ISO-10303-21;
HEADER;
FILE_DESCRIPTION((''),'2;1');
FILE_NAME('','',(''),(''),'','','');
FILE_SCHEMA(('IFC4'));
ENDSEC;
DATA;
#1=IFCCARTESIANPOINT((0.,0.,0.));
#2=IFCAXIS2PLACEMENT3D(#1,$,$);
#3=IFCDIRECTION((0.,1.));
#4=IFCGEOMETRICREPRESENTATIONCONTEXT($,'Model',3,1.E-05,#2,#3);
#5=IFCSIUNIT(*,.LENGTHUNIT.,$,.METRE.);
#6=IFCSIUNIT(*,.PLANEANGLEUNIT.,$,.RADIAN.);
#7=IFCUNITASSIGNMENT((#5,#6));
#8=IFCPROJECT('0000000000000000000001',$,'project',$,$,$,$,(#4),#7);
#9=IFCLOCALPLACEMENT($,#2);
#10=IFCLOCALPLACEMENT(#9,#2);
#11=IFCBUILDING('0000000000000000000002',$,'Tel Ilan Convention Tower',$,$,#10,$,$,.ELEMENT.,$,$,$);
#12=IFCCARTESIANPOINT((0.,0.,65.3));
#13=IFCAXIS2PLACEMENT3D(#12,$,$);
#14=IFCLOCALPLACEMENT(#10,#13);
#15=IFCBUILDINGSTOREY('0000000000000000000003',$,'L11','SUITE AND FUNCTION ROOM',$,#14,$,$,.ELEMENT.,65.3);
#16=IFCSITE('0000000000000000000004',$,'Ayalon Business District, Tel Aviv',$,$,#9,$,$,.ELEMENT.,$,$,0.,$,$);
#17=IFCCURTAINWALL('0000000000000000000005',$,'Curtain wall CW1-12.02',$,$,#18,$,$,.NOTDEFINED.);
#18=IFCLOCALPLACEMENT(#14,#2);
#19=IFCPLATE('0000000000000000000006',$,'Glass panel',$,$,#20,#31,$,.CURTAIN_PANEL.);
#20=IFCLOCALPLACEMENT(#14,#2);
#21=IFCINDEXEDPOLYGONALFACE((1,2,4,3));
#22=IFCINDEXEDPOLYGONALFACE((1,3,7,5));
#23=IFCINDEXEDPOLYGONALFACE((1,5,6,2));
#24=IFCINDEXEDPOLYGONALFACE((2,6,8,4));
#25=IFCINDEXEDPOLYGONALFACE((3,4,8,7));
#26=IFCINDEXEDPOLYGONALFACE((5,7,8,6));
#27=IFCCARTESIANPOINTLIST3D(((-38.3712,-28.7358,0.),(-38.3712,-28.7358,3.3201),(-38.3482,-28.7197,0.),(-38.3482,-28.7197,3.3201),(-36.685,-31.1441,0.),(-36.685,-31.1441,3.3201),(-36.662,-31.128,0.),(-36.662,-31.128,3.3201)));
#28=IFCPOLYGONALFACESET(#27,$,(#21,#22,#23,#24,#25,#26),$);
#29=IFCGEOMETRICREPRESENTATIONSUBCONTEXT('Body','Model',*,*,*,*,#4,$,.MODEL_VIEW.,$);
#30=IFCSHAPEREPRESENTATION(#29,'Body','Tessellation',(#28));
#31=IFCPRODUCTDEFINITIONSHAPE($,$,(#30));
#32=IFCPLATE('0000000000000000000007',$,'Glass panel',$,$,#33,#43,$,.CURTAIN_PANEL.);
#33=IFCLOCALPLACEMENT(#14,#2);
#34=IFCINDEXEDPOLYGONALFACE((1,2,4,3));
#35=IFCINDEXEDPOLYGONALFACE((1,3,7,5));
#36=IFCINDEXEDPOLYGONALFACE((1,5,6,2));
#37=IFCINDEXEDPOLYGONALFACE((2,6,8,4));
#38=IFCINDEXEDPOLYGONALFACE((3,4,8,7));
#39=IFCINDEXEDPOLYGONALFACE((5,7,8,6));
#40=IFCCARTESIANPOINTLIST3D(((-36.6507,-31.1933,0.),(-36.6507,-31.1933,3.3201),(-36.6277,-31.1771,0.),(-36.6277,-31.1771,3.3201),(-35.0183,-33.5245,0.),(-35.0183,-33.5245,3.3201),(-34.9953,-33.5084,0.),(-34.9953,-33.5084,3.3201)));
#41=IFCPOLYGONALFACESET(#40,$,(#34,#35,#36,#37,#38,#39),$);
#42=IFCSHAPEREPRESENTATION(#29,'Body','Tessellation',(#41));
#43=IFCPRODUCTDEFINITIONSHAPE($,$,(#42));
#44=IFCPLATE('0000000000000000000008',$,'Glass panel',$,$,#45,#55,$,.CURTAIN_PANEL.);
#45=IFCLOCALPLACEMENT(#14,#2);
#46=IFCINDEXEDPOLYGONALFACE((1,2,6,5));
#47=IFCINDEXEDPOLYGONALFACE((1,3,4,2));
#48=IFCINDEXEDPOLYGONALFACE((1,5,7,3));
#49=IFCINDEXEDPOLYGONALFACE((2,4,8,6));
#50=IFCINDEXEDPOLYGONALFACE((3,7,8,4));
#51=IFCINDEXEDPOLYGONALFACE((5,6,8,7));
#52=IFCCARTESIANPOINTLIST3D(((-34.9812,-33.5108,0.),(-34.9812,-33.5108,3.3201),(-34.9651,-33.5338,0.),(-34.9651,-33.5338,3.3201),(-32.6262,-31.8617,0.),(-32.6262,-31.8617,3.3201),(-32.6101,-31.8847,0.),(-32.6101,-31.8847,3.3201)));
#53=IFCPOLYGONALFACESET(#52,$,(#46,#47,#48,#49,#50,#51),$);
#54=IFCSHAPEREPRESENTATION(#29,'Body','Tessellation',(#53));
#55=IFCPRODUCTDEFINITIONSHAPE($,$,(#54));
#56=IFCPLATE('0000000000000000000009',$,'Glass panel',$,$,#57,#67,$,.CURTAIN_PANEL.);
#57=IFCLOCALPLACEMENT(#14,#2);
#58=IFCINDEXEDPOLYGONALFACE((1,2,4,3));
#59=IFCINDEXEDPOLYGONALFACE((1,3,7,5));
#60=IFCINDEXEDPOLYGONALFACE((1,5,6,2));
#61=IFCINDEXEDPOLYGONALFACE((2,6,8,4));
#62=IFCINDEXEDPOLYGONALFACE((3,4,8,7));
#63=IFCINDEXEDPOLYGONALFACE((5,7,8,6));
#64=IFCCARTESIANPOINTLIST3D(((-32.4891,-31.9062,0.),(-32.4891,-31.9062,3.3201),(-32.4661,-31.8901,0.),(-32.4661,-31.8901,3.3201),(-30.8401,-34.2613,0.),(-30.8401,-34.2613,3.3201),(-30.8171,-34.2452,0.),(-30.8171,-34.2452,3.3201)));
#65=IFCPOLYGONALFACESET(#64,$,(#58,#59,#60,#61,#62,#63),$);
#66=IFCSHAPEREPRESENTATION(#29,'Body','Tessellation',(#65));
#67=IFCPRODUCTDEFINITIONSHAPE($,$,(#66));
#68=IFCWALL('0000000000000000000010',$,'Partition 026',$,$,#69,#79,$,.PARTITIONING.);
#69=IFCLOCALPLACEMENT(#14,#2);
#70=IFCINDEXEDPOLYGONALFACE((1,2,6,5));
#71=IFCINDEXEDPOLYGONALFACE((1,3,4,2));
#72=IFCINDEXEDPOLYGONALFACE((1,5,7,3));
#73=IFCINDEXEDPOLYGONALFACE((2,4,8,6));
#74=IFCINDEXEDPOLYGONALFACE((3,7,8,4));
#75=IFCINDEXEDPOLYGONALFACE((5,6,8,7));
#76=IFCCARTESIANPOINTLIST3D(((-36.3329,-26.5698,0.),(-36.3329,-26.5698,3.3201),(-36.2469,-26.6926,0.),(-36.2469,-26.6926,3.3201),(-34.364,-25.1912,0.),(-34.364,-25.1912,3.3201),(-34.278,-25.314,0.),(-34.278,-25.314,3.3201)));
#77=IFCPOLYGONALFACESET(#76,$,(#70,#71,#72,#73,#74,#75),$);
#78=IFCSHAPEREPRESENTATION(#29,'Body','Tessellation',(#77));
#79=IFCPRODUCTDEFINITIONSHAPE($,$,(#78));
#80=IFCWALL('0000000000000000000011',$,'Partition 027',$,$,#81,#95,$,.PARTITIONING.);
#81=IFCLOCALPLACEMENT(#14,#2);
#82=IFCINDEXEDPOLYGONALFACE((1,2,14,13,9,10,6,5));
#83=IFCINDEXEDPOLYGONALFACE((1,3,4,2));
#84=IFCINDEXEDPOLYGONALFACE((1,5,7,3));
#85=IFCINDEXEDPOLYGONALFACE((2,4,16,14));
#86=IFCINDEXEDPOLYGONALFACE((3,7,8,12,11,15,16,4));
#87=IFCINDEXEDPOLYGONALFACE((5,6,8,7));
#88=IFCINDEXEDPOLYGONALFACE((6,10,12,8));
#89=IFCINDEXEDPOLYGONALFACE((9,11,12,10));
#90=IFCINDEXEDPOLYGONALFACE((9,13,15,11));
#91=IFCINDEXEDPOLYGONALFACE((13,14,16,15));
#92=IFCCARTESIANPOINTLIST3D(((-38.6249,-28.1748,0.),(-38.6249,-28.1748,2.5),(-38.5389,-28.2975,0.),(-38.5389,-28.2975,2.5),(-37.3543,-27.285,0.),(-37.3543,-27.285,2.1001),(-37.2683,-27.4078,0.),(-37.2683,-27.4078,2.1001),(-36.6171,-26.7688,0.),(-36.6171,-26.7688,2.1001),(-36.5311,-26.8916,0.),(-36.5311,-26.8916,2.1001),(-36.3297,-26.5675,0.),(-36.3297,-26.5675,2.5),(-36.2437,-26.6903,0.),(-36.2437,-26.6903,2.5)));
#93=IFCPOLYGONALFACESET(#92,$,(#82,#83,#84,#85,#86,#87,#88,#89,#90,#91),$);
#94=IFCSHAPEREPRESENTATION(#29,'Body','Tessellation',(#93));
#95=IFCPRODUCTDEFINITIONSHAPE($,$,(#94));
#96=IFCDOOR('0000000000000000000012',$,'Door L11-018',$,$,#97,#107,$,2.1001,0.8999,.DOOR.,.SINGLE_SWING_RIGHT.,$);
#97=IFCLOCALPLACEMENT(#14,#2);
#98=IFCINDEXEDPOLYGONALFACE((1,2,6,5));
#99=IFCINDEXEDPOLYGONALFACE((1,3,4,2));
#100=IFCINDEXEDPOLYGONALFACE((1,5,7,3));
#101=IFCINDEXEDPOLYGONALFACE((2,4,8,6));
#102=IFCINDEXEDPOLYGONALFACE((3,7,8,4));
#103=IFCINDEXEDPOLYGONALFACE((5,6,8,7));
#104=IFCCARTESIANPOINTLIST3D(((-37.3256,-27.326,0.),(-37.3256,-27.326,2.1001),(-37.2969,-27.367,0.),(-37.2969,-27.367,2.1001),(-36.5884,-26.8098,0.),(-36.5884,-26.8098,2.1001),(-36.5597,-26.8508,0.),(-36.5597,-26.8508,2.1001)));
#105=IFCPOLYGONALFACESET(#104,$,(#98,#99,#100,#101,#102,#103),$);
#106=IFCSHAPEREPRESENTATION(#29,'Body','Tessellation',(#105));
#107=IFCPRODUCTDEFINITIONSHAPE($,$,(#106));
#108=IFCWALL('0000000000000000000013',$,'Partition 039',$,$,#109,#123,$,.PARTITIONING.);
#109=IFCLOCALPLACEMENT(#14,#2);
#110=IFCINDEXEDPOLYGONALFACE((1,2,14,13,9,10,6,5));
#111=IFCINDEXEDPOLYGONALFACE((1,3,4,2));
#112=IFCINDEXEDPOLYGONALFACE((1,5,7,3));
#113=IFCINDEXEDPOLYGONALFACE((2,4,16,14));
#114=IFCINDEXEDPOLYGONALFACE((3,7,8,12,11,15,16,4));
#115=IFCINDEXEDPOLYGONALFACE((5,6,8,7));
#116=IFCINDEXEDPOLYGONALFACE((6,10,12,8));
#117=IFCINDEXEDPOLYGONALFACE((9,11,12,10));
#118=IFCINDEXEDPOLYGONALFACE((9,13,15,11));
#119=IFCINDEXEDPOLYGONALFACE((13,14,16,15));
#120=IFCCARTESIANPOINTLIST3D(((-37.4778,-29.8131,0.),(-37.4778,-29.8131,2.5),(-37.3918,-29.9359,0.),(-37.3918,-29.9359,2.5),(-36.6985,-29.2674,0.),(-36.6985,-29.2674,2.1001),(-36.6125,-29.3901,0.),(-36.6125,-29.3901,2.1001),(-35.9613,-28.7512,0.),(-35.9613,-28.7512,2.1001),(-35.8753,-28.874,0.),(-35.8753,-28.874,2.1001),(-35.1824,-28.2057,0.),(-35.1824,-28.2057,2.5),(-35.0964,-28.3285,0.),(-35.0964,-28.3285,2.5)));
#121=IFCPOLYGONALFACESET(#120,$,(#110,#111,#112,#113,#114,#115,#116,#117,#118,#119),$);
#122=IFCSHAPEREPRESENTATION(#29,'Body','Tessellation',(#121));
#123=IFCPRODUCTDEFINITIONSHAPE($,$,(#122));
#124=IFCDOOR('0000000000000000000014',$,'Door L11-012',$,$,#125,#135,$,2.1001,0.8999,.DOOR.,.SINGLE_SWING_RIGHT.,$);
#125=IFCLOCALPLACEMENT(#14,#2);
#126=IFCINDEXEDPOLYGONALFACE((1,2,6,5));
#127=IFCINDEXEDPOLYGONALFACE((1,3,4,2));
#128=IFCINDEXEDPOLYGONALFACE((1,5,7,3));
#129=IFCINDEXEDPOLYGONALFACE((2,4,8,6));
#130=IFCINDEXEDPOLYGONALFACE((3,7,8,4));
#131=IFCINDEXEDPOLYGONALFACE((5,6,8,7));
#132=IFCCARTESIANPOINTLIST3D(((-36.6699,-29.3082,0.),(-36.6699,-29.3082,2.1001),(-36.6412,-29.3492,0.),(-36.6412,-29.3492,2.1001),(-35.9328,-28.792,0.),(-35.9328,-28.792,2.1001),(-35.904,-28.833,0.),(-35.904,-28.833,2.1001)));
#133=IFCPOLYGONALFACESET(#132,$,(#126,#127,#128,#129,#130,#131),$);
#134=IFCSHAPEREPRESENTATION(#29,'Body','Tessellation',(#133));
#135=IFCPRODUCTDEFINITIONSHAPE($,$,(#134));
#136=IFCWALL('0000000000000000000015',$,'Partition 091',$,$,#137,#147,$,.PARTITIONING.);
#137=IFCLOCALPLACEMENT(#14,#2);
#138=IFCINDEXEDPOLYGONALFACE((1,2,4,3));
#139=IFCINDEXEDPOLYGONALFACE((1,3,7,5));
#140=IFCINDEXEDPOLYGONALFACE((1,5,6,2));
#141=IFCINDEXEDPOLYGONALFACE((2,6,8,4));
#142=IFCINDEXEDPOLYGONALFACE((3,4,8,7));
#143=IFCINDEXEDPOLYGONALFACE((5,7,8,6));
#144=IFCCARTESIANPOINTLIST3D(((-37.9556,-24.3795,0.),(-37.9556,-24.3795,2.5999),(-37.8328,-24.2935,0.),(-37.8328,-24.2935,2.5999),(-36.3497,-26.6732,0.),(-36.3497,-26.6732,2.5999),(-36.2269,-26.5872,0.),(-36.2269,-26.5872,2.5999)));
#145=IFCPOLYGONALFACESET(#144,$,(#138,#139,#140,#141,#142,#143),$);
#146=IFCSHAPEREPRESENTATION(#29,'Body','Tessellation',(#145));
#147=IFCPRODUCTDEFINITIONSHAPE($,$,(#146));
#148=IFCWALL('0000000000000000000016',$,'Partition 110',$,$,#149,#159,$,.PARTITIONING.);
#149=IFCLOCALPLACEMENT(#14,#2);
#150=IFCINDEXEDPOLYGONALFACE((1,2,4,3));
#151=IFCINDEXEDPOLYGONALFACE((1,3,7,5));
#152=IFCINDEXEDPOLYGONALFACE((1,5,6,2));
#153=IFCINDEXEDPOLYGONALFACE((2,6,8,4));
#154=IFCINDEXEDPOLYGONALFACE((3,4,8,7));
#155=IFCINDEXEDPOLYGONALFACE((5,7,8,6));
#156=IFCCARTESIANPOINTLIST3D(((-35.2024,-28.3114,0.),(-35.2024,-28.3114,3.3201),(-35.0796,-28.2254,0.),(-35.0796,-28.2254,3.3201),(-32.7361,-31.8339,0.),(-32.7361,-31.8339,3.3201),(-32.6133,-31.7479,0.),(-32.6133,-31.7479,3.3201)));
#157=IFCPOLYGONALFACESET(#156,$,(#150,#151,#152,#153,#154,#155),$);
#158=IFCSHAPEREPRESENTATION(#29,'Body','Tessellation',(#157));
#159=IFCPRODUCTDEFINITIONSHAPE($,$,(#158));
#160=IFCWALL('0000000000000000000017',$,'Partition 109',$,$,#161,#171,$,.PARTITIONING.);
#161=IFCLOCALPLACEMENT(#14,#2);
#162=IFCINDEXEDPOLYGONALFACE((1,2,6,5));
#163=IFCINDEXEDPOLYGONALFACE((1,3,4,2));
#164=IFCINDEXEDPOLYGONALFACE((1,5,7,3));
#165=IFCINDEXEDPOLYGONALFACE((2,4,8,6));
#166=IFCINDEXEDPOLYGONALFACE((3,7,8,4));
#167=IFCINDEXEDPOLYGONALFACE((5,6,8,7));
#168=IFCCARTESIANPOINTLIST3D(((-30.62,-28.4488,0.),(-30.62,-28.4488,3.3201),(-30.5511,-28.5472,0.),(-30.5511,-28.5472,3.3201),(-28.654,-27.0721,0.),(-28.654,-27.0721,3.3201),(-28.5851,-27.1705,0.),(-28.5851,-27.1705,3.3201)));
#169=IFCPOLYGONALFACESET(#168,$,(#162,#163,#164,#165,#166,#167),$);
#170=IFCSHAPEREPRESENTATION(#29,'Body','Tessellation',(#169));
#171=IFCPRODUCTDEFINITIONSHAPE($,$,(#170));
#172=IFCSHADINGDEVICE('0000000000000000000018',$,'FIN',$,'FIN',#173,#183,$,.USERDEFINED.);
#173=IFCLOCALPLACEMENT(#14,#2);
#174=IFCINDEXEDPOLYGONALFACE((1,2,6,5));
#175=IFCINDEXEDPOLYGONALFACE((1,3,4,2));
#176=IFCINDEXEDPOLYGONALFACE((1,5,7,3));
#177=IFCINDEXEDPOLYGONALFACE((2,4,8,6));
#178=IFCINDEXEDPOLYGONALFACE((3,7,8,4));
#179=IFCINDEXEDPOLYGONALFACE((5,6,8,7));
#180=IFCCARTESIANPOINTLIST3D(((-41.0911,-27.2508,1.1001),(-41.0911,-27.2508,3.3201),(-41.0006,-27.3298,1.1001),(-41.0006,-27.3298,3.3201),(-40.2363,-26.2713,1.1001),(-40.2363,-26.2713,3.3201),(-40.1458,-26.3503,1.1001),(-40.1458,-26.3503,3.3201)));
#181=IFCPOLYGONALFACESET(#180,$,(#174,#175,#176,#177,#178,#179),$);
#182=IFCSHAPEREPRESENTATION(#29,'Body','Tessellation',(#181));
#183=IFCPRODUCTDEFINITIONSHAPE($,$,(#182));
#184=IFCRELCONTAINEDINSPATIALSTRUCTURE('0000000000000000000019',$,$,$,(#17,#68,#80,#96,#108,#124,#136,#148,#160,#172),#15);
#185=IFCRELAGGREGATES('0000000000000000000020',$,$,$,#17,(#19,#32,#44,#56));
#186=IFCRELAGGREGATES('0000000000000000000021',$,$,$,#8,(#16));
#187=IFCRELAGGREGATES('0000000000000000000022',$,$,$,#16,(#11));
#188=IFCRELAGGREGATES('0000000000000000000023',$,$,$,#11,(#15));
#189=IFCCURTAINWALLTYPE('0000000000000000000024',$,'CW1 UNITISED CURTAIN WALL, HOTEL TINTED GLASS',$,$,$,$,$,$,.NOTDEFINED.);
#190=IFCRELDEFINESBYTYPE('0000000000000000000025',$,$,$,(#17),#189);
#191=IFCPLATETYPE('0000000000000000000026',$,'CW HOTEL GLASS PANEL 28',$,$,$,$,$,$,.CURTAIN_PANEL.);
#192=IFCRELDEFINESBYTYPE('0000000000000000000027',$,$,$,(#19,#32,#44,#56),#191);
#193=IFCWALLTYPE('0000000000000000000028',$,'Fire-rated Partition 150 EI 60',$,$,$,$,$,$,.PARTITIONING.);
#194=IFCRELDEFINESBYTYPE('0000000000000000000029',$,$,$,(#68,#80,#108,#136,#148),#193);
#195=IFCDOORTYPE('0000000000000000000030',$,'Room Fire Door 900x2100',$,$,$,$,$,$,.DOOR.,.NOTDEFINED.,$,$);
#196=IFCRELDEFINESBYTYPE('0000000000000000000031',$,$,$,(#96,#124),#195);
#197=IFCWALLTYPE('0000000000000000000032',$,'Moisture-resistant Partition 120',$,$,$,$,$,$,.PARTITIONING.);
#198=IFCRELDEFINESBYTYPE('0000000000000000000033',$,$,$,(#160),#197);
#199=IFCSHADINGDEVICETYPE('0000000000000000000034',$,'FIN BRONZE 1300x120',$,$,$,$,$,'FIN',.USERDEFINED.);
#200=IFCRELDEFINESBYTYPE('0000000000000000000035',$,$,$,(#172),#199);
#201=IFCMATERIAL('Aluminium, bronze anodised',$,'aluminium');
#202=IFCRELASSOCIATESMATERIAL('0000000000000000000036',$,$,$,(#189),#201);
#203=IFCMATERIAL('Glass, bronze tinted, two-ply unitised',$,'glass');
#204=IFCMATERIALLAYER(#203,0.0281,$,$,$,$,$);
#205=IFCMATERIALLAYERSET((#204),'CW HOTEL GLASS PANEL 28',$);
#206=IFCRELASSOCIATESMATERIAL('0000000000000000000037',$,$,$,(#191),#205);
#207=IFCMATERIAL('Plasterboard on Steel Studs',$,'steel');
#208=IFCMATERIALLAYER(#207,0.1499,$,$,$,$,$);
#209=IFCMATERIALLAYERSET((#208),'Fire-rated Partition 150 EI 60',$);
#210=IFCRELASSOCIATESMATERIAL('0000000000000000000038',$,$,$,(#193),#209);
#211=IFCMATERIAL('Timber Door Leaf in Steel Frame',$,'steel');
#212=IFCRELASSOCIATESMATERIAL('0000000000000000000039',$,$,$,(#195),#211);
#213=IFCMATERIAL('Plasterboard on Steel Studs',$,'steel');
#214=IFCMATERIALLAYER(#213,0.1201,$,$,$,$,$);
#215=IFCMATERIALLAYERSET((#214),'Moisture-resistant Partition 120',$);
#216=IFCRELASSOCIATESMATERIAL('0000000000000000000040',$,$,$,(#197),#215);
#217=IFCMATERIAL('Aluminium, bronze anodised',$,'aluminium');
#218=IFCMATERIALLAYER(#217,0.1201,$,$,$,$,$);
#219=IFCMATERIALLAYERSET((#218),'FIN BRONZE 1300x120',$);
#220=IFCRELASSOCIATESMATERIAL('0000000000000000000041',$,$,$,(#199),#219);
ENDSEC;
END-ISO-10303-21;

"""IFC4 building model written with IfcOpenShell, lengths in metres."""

from ifc_helpers import new_model, si_unit, direction, frame, frame_2d, origin, origin_2d, place, context, subcontext, project, spatial, rectangle, extrude, material, layer, layer_set, type_object, element, fill, aggregate, save


model = new_model("IFC4")

# Units and contexts
model_context = context("Model", 3, precision=1e-05, world=origin(), true_north=direction((0.0, 1.0)))
body_context = subcontext(model_context, "Body", "Model", "MODEL_VIEW")
ifc_project = project(units=[si_unit("LENGTHUNIT", "METRE"), si_unit("PLANEANGLEUNIT", "RADIAN")], contexts=[model_context])

# Site, building, storey
site_placement = place(None, origin())
site = spatial("IfcSite", under=ifc_project, at=site_placement, Name="Ayalon Business District, Tel Aviv", CompositionType="ELEMENT", RefElevation=0.0)
building_placement = place(site_placement, origin())
building = spatial("IfcBuilding", under=site, at=building_placement, Name="Tel Ilan Convention Tower", CompositionType="ELEMENT")
storey_placement = place(building_placement, frame((0.0, 0.0, 65.3)))
storey = spatial("IfcBuildingStorey", under=building, at=storey_placement, Name="L11", Description="SUITE AND FUNCTION ROOM", CompositionType="ELEMENT", Elevation=65.3)

# Curtain wall, plates
ifc_material_1 = material(Name="Aluminium, bronze anodised", Category="aluminium")
curtain_wall_type = type_object("IfcCurtainWallType", Name="CW1 UNITISED CURTAIN WALL, HOTEL TINTED GLASS", PredefinedType="NOTDEFINED", material=ifc_material_1)
curtain_wall_placement = place(storey_placement, origin())
curtain_wall = element("IfcCurtainWall", 1, at=curtain_wall_placement, inside=storey, type_object=curtain_wall_type, Name="Curtain wall CW1-12.02", PredefinedType="NOTDEFINED")
ifc_material_2 = material(Name="Glass, bronze tinted, two-ply unitised", Category="glass")
ifc_layer_1 = layer(ifc_material_2, 0.0281)
ifc_layer_set_1 = layer_set([ifc_layer_1], Name="CW HOTEL GLASS PANEL 28")
plate_type = type_object("IfcPlateType", Name="CW HOTEL GLASS PANEL 28", PredefinedType="CURTAIN_PANEL", material=ifc_layer_set_1)
plate_1_placement = place(storey_placement, frame((-37.5166, -29.9319, 0.0), z_axis=(0.0, 0.0, 1.0), x_axis=(0.573576, -0.819152, 0.0)))
plate_1 = element("IfcPlate", 2, at=plate_1_placement, type_object=plate_type, Name="Glass panel", PredefinedType="CURTAIN_PANEL", context=body_context, shape_type="SweptSolid", body=[
    extrude(rectangle(XDim=2.9399, YDim=0.0281, at=origin_2d()), origin(), (0.0, 0.0, 1.0), 3.3201),
])
plate_2_placement = place(storey_placement, frame((-35.823, -32.3508, 0.0), z_axis=(0.0, 0.0, 1.0), x_axis=(0.573576, -0.819152, 0.0)))
plate_2 = element("IfcPlate", 3, at=plate_2_placement, type_object=plate_type, Name="Glass panel", PredefinedType="CURTAIN_PANEL", context=body_context, shape_type="SweptSolid", body=[
    extrude(rectangle(XDim=2.8459, YDim=0.0281, at=origin_2d()), origin(), (0.0, 0.0, 1.0), 3.3201),
])
plate_3_placement = place(storey_placement, frame((-33.7957, -32.6978, 0.0), z_axis=(0.0, 0.0, 1.0), x_axis=(0.819152, 0.573576, 0.0)))
plate_3 = element("IfcPlate", 4, at=plate_3_placement, type_object=plate_type, Name="Glass panel", PredefinedType="CURTAIN_PANEL", context=body_context, shape_type="SweptSolid", body=[
    extrude(rectangle(XDim=2.875, YDim=0.0281, at=origin_2d()), origin(), (0.0, 0.0, 1.0), 3.3201),
])
plate_4_placement = place(storey_placement, frame((-31.6531, -33.0757, 0.0), z_axis=(0.0, 0.0, 1.0), x_axis=(0.573576, -0.819152, 0.0)))
plate_4 = element("IfcPlate", 5, at=plate_4_placement, type_object=plate_type, Name="Glass panel", PredefinedType="CURTAIN_PANEL", context=body_context, shape_type="SweptSolid", body=[
    extrude(rectangle(XDim=2.875, YDim=0.0281, at=origin_2d()), origin(), (0.0, 0.0, 1.0), 3.3201),
])
aggregate(curtain_wall, [plate_1, plate_2, plate_3, plate_4])

# Wall
ifc_material_3 = material(Name="Plasterboard on Steel Studs", Category="steel")
ifc_layer_2 = layer(ifc_material_3, 0.1499)
ifc_layer_set_2 = layer_set([ifc_layer_2], Name="Fire-rated Partition 150 EI 60")
wall_type_1 = type_object("IfcWallType", Name="Fire-rated Partition 150 EI 60", PredefinedType="PARTITIONING", material=ifc_layer_set_2)
wall_1_placement = place(storey_placement, frame((-36.2898, -26.6311, 0.0), z_axis=(0.0, 0.0, 1.0), x_axis=(0.81916, 0.573565, 0.0)))
element("IfcWall", 6, at=wall_1_placement, inside=storey, type_object=wall_type_1, Name="Partition 026", PredefinedType="PARTITIONING", context=body_context, shape_type="SweptSolid", body=[
    extrude(rectangle(XDim=2.4036, YDim=0.1499, at=frame_2d((1.2017, 0.0))), origin(), (0.0, 0.0, 1.0), 3.3201),
])

# Walls, openings, doors
wall_2_placement = place(storey_placement, frame((-38.5818, -28.2361, 0.0), z_axis=(0.0, 0.0, 1.0), x_axis=(0.819138, 0.573597, 0.0)))
wall_2 = element("IfcWall", 7, at=wall_2_placement, inside=storey, type_object=wall_type_1, Name="Partition 027", PredefinedType="PARTITIONING", context=body_context, shape_type="SweptSolid", body=[
    extrude(rectangle(XDim=2.802, YDim=0.1499, at=frame_2d((1.4009, 0.0))), origin(), (0.0, 0.0, 1.0), 2.5),
])
opening_1_placement = place(wall_2_placement, frame((1.551, 0.0, 0.0)))
opening_1 = element("IfcOpeningElement", 8, at=opening_1_placement, cuts=wall_2, PredefinedType="OPENING", context=body_context, shape_type="SweptSolid", body=[
    extrude(rectangle(XDim=0.8999, YDim=2.1001, at=frame_2d((0.45, 1.05))), frame((0.0, 0.085, 0.0), z_axis=(0.0, -1.0, 0.0), x_axis=(1.0, 0.0, 0.0)), (0.0, 0.0, 1.0), 0.1699),
])
ifc_material_4 = material(Name="Timber Door Leaf in Steel Frame", Category="steel")
door_type = type_object("IfcDoorType", Name="Room Fire Door 900x2100", OperationType="NOTDEFINED", PredefinedType="DOOR", material=ifc_material_4)
door_1_placement = place(opening_1_placement, origin())
door_1 = element("IfcDoor", 9, at=door_1_placement, inside=storey, type_object=door_type, Name="Door L11-018", OperationType="SINGLE_SWING_RIGHT", OverallHeight=2.1001, OverallWidth=0.8999, PredefinedType="DOOR", context=body_context, shape_type="SweptSolid", body=[
    extrude(rectangle(XDim=0.8999, YDim=2.1001, at=frame_2d((0.45, 1.05))), frame((0.0, 0.0249, 0.0), z_axis=(0.0, -1.0, 0.0), x_axis=(1.0, 0.0, 0.0)), (0.0, 0.0, 1.0), 0.05),
])
fill(opening_1, door_1)
wall_3_placement = place(storey_placement, frame((-35.1394, -28.2671, 0.0), z_axis=(0.0, 0.0, 1.0), x_axis=(-0.819125, -0.573614, 0.0)))
wall_3 = element("IfcWall", 10, at=wall_3_placement, inside=storey, type_object=wall_type_1, Name="Partition 039", PredefinedType="PARTITIONING", context=body_context, shape_type="SweptSolid", body=[
    extrude(rectangle(XDim=2.8022, YDim=0.1499, at=frame_2d((1.4011, 0.0))), origin(), (0.0, 0.0, 1.0), 2.5),
])
opening_2_placement = place(wall_3_placement, frame((0.9509, 0.0, 0.0)))
opening_2 = element("IfcOpeningElement", 11, at=opening_2_placement, cuts=wall_3, PredefinedType="OPENING", context=body_context, shape_type="SweptSolid", body=[
    extrude(rectangle(XDim=0.8999, YDim=2.1001, at=frame_2d((0.45, 1.05))), frame((0.0, 0.085, 0.0), z_axis=(0.0, -1.0, 0.0), x_axis=(1.0, 0.0, 0.0)), (0.0, 0.0, 1.0), 0.1699),
])
door_2_placement = place(opening_2_placement, origin())
door_2 = element("IfcDoor", 12, at=door_2_placement, inside=storey, type_object=door_type, Name="Door L11-012", OperationType="SINGLE_SWING_RIGHT", OverallHeight=2.1001, OverallWidth=0.8999, PredefinedType="DOOR", context=body_context, shape_type="SweptSolid", body=[
    extrude(rectangle(XDim=0.8999, YDim=2.1001, at=frame_2d((0.45, 1.05))), frame((0.0, 0.0249, 0.0), z_axis=(0.0, -1.0, 0.0), x_axis=(1.0, 0.0, 0.0)), (0.0, 0.0, 1.0), 0.05),
])
fill(opening_2, door_2)

# Walls
wall_4_placement = place(storey_placement, frame((-36.2883, -26.6301, 0.0), z_axis=(0.0, 0.0, 1.0), x_axis=(-0.57355, 0.81917, 0.0)))
element("IfcWall", 13, at=wall_4_placement, inside=storey, type_object=wall_type_1, Name="Partition 091", PredefinedType="PARTITIONING", context=body_context, shape_type="SweptSolid", body=[
    extrude(rectangle(XDim=2.8, YDim=0.1499, at=frame_2d((1.3999, 0.0))), origin(), (0.0, 0.0, 1.0), 2.5999),
])
wall_5_placement = place(storey_placement, frame((-32.6748, -31.7908, 0.0), z_axis=(0.0, 0.0, 1.0), x_axis=(-0.573554, 0.819168, 0.0)))
element("IfcWall", 14, at=wall_5_placement, inside=storey, type_object=wall_type_1, Name="Partition 110", PredefinedType="PARTITIONING", context=body_context, shape_type="SweptSolid", body=[
    extrude(rectangle(XDim=4.3, YDim=0.1499, at=frame_2d((2.1499, 0.0))), origin(), (0.0, 0.0, 1.0), 3.3201),
])
ifc_material_5 = material(Name="Plasterboard on Steel Studs", Category="steel")
ifc_layer_3 = layer(ifc_material_5, 0.1201)
ifc_layer_set_3 = layer_set([ifc_layer_3], Name="Moisture-resistant Partition 120")
wall_type_2 = type_object("IfcWallType", Name="Moisture-resistant Partition 120", PredefinedType="PARTITIONING", material=ifc_layer_set_3)
wall_6_placement = place(storey_placement, frame((-30.5857, -28.498, 0.0), z_axis=(0.0, 0.0, 1.0), x_axis=(0.819141, 0.573592, 0.0)))
element("IfcWall", 15, at=wall_6_placement, inside=storey, type_object=wall_type_2, Name="Partition 109", PredefinedType="PARTITIONING", context=body_context, shape_type="SweptSolid", body=[
    extrude(rectangle(XDim=2.4001, YDim=0.1201, at=frame_2d((1.2002, 0.0))), origin(), (0.0, 0.0, 1.0), 3.3201),
])

# Shading device
ifc_material_6 = material(Name="Aluminium, bronze anodised", Category="aluminium")
ifc_layer_4 = layer(ifc_material_6, 0.1201)
ifc_layer_set_4 = layer_set([ifc_layer_4], Name="FIN BRONZE 1300x120")
shading_device_type = type_object("IfcShadingDeviceType", Name="FIN BRONZE 1300x120", ElementType="FIN", PredefinedType="USERDEFINED", material=ifc_layer_set_4)
for number, where, z_axis, x_axis, name in (
    (16, (-40.6184, -26.8005, 1.1001), (0.0, 0.0, 1.0), (-0.657521, -0.753436, 0.0), "FIN"),
):
    element("IfcShadingDevice", number, at=place(storey_placement, frame(where, z_axis=z_axis, x_axis=x_axis)), inside=storey, type_object=shading_device_type, Name=name, ObjectType="FIN", PredefinedType="USERDEFINED", context=body_context, shape_type="SweptSolid", body=[
        extrude(rectangle(XDim=1.3, YDim=0.1201, at=origin_2d()), origin(), (0.0, 0.0, 1.0), 2.22),
    ])

save(model, "model.ifc")
